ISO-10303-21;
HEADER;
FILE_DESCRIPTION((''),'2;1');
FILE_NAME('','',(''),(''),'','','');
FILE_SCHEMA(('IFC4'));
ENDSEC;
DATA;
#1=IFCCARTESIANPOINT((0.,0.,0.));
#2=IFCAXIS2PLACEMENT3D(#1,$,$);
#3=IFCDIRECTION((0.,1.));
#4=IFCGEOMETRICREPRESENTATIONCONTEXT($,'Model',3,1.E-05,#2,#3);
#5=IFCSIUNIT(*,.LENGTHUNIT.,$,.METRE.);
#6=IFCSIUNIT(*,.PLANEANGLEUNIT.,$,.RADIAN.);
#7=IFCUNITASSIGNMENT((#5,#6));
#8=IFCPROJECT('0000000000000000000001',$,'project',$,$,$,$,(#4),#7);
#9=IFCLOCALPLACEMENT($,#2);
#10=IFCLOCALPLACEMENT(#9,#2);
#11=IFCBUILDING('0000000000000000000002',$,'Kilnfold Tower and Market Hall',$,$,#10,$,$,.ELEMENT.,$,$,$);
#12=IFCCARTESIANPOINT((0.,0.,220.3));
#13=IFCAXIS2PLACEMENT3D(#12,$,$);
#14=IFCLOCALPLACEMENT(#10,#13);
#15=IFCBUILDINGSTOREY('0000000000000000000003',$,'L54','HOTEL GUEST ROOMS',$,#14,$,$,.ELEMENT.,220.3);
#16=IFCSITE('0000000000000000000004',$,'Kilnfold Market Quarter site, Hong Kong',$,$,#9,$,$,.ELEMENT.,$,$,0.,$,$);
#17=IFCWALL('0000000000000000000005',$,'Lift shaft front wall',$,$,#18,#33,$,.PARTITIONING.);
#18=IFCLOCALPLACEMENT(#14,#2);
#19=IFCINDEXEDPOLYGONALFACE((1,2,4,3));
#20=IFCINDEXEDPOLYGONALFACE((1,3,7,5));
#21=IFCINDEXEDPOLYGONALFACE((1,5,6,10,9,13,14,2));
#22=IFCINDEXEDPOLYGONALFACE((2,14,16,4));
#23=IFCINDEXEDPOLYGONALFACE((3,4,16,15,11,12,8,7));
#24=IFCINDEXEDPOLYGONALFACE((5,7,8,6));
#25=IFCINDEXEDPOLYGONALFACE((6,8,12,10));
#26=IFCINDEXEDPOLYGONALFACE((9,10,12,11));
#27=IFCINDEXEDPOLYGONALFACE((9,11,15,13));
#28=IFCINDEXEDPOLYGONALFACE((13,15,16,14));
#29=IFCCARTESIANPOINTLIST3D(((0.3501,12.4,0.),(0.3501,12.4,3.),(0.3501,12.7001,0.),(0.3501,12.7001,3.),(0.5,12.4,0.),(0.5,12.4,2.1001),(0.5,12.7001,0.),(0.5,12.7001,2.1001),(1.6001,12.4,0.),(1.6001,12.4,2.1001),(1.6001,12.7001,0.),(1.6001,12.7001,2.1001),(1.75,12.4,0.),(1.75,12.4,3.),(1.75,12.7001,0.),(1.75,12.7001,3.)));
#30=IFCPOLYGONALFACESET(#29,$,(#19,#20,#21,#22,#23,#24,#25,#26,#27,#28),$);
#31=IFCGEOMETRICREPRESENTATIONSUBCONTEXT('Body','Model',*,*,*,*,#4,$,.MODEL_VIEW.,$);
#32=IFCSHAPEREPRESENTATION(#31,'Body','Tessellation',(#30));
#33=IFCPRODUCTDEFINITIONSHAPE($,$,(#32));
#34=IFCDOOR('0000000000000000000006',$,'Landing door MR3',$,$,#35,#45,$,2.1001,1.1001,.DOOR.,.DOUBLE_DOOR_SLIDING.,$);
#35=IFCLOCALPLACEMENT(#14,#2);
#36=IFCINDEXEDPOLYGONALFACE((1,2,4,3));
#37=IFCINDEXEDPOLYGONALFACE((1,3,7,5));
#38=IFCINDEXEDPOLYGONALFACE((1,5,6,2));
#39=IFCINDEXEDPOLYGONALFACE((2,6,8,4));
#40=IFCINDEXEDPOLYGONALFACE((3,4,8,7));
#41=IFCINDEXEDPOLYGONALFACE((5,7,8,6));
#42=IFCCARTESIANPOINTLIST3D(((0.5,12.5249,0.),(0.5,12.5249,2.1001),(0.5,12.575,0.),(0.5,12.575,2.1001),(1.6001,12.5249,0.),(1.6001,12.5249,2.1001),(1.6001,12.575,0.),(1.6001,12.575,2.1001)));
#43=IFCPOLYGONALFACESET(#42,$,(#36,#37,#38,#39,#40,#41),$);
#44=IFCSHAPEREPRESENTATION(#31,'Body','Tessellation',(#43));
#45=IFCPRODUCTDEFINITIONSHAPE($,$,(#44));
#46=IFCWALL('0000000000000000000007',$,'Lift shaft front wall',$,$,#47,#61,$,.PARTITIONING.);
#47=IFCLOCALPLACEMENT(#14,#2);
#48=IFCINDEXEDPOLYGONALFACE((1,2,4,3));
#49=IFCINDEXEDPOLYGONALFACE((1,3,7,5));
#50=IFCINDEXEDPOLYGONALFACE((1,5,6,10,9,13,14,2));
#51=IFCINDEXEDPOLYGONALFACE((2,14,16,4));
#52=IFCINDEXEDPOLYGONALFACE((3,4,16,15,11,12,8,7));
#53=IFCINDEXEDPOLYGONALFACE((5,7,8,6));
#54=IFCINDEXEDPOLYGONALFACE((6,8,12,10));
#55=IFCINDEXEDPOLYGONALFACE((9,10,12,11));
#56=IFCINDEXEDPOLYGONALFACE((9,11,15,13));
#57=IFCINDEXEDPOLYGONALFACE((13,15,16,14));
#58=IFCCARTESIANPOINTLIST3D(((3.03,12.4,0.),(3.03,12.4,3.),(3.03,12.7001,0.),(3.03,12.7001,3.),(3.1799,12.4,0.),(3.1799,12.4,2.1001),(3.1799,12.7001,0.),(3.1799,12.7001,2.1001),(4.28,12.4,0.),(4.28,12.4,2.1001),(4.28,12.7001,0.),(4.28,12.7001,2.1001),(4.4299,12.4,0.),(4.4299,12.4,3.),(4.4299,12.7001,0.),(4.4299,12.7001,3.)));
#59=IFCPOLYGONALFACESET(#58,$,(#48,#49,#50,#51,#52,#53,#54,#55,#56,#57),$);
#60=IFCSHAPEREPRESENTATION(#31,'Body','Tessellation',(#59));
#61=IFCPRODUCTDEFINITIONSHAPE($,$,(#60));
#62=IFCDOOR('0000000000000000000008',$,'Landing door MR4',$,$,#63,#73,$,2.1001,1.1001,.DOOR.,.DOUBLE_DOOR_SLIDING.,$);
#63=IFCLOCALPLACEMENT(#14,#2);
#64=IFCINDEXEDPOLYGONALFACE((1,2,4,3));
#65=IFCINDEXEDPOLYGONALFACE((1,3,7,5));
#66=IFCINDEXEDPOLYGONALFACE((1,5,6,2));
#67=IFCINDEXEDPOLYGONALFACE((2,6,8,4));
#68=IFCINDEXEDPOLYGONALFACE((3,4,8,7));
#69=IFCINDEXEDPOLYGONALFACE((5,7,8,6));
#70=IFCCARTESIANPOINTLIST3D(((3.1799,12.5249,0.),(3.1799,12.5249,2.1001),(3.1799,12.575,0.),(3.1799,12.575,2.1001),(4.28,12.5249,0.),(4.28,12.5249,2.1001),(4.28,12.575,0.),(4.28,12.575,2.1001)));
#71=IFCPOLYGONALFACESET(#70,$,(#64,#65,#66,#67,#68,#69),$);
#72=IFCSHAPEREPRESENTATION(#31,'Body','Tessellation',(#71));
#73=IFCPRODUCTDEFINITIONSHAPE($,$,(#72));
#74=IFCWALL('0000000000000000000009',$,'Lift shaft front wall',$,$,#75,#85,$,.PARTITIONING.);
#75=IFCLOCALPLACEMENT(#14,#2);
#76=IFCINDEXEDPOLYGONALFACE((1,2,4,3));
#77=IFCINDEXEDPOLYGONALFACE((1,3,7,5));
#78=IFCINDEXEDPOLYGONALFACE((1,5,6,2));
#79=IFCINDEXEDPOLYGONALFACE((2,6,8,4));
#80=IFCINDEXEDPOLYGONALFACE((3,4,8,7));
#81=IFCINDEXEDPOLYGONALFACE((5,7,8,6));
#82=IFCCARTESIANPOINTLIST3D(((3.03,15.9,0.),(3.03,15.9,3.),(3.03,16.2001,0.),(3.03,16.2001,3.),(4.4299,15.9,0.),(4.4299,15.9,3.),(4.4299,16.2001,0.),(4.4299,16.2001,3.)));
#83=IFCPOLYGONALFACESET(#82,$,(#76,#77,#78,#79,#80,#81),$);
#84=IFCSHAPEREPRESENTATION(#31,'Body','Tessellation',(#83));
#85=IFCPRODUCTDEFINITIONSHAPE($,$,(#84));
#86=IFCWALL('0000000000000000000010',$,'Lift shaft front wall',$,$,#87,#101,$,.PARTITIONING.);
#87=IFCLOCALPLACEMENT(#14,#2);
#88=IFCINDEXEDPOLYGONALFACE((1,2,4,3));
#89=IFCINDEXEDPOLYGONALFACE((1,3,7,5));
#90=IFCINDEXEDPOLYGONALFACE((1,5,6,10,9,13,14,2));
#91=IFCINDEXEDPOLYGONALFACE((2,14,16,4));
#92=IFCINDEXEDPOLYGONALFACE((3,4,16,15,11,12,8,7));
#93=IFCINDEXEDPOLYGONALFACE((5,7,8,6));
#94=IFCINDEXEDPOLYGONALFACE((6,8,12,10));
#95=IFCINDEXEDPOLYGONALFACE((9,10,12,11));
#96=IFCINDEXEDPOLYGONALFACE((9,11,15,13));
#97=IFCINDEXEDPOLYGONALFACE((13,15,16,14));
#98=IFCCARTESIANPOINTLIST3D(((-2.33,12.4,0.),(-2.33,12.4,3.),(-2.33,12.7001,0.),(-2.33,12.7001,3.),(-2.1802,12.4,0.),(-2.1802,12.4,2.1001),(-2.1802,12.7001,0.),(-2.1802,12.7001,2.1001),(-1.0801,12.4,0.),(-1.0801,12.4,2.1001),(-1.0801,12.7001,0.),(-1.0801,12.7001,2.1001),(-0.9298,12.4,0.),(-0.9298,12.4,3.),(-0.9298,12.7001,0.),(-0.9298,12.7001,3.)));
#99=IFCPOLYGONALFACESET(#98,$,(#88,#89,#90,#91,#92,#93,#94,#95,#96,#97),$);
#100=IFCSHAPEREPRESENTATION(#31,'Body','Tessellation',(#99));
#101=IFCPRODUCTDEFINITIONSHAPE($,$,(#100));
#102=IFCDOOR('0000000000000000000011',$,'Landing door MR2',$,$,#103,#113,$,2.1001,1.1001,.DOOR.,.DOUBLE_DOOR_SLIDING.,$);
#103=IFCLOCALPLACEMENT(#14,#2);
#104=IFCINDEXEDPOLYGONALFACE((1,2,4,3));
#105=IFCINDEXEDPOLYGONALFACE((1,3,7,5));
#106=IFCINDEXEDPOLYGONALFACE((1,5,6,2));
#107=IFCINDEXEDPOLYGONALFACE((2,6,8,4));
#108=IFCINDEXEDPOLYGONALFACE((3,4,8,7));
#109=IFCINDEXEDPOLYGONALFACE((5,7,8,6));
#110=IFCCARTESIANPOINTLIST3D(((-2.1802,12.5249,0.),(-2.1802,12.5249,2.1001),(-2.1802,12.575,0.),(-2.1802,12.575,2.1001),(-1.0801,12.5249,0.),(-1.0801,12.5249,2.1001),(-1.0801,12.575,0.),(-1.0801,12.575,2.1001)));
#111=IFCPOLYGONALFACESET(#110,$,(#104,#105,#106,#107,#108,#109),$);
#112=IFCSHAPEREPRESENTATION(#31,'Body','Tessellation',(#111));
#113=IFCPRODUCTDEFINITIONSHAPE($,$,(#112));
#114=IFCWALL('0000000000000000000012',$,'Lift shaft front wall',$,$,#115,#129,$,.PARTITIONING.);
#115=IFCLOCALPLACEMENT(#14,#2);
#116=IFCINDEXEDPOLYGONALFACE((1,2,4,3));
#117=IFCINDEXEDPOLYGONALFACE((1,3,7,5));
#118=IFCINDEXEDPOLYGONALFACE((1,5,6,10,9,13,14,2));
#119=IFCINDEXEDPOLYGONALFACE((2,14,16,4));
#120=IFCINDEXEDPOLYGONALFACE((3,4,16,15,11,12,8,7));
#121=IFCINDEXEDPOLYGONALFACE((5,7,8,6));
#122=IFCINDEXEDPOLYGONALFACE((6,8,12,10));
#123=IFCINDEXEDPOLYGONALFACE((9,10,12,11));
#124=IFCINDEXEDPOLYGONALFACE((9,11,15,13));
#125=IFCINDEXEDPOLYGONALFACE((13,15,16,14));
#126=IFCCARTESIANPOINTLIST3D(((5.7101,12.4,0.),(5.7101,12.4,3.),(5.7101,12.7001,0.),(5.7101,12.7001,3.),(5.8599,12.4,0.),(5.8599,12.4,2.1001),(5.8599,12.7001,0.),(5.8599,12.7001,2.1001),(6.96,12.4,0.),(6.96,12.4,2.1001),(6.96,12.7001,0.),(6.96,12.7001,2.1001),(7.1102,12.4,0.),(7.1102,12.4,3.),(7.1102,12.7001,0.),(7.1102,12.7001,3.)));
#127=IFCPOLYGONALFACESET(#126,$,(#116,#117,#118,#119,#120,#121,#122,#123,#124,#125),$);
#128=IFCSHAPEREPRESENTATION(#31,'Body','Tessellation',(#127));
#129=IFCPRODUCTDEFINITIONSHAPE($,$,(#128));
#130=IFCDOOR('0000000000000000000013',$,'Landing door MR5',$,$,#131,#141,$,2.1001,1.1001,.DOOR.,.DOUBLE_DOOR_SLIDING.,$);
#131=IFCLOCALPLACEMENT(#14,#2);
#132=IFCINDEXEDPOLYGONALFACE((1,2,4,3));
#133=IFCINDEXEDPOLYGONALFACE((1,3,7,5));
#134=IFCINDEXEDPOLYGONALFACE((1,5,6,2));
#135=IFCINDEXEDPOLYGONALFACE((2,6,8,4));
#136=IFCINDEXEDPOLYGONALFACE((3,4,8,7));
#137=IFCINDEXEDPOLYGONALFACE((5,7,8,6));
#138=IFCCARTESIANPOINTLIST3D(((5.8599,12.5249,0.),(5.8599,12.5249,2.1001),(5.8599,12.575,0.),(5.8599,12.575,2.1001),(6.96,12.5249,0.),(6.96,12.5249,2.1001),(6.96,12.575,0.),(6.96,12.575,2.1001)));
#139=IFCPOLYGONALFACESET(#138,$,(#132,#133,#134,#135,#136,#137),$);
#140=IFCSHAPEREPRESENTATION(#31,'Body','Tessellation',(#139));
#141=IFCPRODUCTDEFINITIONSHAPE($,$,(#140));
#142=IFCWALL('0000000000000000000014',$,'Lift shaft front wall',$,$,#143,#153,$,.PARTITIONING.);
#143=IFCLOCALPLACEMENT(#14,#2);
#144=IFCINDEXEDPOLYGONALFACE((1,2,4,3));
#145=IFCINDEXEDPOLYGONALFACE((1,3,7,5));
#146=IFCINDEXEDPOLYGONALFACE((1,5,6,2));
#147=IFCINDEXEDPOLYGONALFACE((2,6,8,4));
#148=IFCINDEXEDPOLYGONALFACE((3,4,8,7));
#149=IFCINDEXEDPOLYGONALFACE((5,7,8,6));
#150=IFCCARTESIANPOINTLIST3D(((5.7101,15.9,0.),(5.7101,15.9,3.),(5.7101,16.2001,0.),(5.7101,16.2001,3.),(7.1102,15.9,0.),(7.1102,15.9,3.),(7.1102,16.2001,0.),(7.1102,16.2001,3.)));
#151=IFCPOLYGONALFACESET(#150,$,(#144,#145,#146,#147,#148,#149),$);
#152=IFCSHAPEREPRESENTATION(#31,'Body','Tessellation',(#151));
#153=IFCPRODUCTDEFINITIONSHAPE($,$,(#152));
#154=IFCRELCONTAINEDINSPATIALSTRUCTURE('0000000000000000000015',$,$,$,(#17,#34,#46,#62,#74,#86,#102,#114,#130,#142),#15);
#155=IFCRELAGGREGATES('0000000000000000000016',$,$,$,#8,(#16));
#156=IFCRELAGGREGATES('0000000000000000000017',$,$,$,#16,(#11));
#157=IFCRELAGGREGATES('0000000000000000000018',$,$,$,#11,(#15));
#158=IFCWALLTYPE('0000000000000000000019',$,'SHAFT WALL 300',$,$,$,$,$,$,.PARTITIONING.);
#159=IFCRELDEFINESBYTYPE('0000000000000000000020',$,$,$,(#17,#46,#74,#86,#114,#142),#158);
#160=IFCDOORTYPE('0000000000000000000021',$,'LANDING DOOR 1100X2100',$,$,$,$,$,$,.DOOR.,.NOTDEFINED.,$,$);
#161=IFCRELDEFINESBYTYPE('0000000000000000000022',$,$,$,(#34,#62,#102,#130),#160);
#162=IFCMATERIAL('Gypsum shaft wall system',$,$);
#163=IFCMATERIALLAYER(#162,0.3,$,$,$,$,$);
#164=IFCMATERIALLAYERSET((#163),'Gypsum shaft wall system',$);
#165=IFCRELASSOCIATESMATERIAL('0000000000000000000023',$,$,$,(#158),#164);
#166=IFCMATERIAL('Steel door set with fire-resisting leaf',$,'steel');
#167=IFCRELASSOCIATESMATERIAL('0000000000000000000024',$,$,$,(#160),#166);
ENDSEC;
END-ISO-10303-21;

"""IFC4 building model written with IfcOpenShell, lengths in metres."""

from ifc_helpers import new_model, si_unit, direction, frame, frame_2d, origin, place, context, subcontext, project, spatial, rectangle, extrude, source, transform, mapped, material, layer, layer_set, type_object, element, fill, save


model = new_model("IFC4")

# Units and contexts
model_context = context("Model", 3, precision=1e-05, world=origin(), true_north=direction((0.0, 1.0)))
body_context = subcontext(model_context, "Body", "Model", "MODEL_VIEW")
ifc_project = project(units=[si_unit("LENGTHUNIT", "METRE"), si_unit("PLANEANGLEUNIT", "RADIAN")], contexts=[model_context])

# Site, building, storey
site_placement = place(None, origin())
site = spatial("IfcSite", under=ifc_project, at=site_placement, Name="Kilnfold Market Quarter site, Hong Kong", CompositionType="ELEMENT", RefElevation=0.0)
building_placement = place(site_placement, origin())
building = spatial("IfcBuilding", under=site, at=building_placement, Name="Kilnfold Tower and Market Hall", CompositionType="ELEMENT")
storey_placement = place(building_placement, frame((0.0, 0.0, 220.3)))
storey = spatial("IfcBuildingStorey", under=building, at=storey_placement, Name="L54", Description="HOTEL GUEST ROOMS", CompositionType="ELEMENT", Elevation=220.3)

# Walls, openings, doors
ifc_material_1 = material(Name="Gypsum shaft wall system")
ifc_layer_1 = layer(ifc_material_1, 0.3)
ifc_layer_set_1 = layer_set([ifc_layer_1], Name="Gypsum shaft wall system")
wall_type_1 = type_object("IfcWallType", Name="SHAFT WALL 300", PredefinedType="PARTITIONING", material=ifc_layer_set_1)
shared_shape_1 = source(origin(), body_context, "Body", "SweptSolid", [
    extrude(rectangle(XDim=1.3999, YDim=0.3, at=frame_2d((0.7, 0.0))), origin(), (0.0, 0.0, 1.0), 3.0),
])
wall_1_placement = place(storey_placement, frame((0.3501, 12.55, 0.0), z_axis=(0.0, 0.0, 1.0), x_axis=(1.0, 0.0, 0.0)))
wall_1 = element("IfcWall", 1, at=wall_1_placement, inside=storey, type_object=wall_type_1, Name="Lift shaft front wall", PredefinedType="PARTITIONING", context=body_context, shape_type="MappedRepresentation", body=[
    mapped(shared_shape_1, transform((0.0, 0.0, 0.0))),
])
opening_1_placement = place(wall_1_placement, frame((0.1499, 0.0, 0.0)))
opening_1 = element("IfcOpeningElement", 2, at=opening_1_placement, cuts=wall_1, PredefinedType="OPENING", context=body_context, shape_type="SweptSolid", body=[
    extrude(rectangle(XDim=1.1001, YDim=2.1001, at=frame_2d((0.55, 1.05))), frame((0.0, 0.1602, 0.0), z_axis=(0.0, -1.0, 0.0), x_axis=(1.0, 0.0, 0.0)), (0.0, 0.0, 1.0), 0.3201),
])
ifc_material_2 = material(Name="Steel door set with fire-resisting leaf", Category="steel")
door_type_1 = type_object("IfcDoorType", Name="LANDING DOOR 1100X2100", OperationType="NOTDEFINED", PredefinedType="DOOR", material=ifc_material_2)
door_1_placement = place(opening_1_placement, origin())
door_1 = element("IfcDoor", 3, at=door_1_placement, inside=storey, type_object=door_type_1, Name="Landing door MR3", OperationType="DOUBLE_DOOR_SLIDING", OverallHeight=2.1001, OverallWidth=1.1001, PredefinedType="DOOR", context=body_context, shape_type="SweptSolid", body=[
    extrude(rectangle(XDim=1.1001, YDim=2.1001, at=frame_2d((0.55, 1.05))), frame((0.0, 0.0249, 0.0), z_axis=(0.0, -1.0, 0.0), x_axis=(1.0, 0.0, 0.0)), (0.0, 0.0, 1.0), 0.05),
])
fill(opening_1, door_1)
wall_2_placement = place(storey_placement, frame((3.03, 12.55, 0.0), z_axis=(0.0, 0.0, 1.0), x_axis=(1.0, 0.0, 0.0)))
wall_2 = element("IfcWall", 4, at=wall_2_placement, inside=storey, type_object=wall_type_1, Name="Lift shaft front wall", PredefinedType="PARTITIONING", context=body_context, shape_type="MappedRepresentation", body=[
    mapped(shared_shape_1, transform((0.0, 0.0, 0.0))),
])
opening_2_placement = place(wall_2_placement, frame((0.1499, 0.0, 0.0)))
opening_2 = element("IfcOpeningElement", 5, at=opening_2_placement, cuts=wall_2, PredefinedType="OPENING", context=body_context, shape_type="SweptSolid", body=[
    extrude(rectangle(XDim=1.1001, YDim=2.1001, at=frame_2d((0.55, 1.05))), frame((0.0, 0.1602, 0.0), z_axis=(0.0, -1.0, 0.0), x_axis=(1.0, 0.0, 0.0)), (0.0, 0.0, 1.0), 0.3201),
])
door_2_placement = place(opening_2_placement, origin())
door_2 = element("IfcDoor", 6, at=door_2_placement, inside=storey, type_object=door_type_1, Name="Landing door MR4", OperationType="DOUBLE_DOOR_SLIDING", OverallHeight=2.1001, OverallWidth=1.1001, PredefinedType="DOOR", context=body_context, shape_type="SweptSolid", body=[
    extrude(rectangle(XDim=1.1001, YDim=2.1001, at=frame_2d((0.55, 1.05))), frame((0.0, 0.0249, 0.0), z_axis=(0.0, -1.0, 0.0), x_axis=(1.0, 0.0, 0.0)), (0.0, 0.0, 1.0), 0.05),
])
fill(opening_2, door_2)

# Wall
wall_3_placement = place(storey_placement, frame((3.03, 16.05, 0.0), z_axis=(0.0, 0.0, 1.0), x_axis=(1.0, 0.0, 0.0)))
element("IfcWall", 7, at=wall_3_placement, inside=storey, type_object=wall_type_1, Name="Lift shaft front wall", PredefinedType="PARTITIONING", context=body_context, shape_type="MappedRepresentation", body=[
    mapped(shared_shape_1, transform((0.0, 0.0, 0.0))),
])

# Walls, openings, doors
shared_shape_2 = source(origin(), body_context, "Body", "SweptSolid", [
    extrude(rectangle(XDim=1.4001, YDim=0.3, at=frame_2d((0.7002, 0.0))), origin(), (0.0, 0.0, 1.0), 3.0),
])
wall_4_placement = place(storey_placement, frame((-2.3301, 12.55, 0.0), z_axis=(0.0, 0.0, 1.0), x_axis=(1.0, 0.0, 0.0)))
wall_4 = element("IfcWall", 8, at=wall_4_placement, inside=storey, type_object=wall_type_1, Name="Lift shaft front wall", PredefinedType="PARTITIONING", context=body_context, shape_type="MappedRepresentation", body=[
    mapped(shared_shape_2, transform((0.0, 0.0, 0.0))),
])
opening_3_placement = place(wall_4_placement, frame((0.1499, 0.0, 0.0)))
opening_3 = element("IfcOpeningElement", 9, at=opening_3_placement, cuts=wall_4, PredefinedType="OPENING", context=body_context, shape_type="SweptSolid", body=[
    extrude(rectangle(XDim=1.1001, YDim=2.1001, at=frame_2d((0.55, 1.05))), frame((0.0, 0.1602, 0.0), z_axis=(0.0, -1.0, 0.0), x_axis=(1.0, 0.0, 0.0)), (0.0, 0.0, 1.0), 0.3201),
])
door_3_placement = place(opening_3_placement, origin())
door_3 = element("IfcDoor", 10, at=door_3_placement, inside=storey, type_object=door_type_1, Name="Landing door MR2", OperationType="DOUBLE_DOOR_SLIDING", OverallHeight=2.1001, OverallWidth=1.1001, PredefinedType="DOOR", context=body_context, shape_type="SweptSolid", body=[
    extrude(rectangle(XDim=1.1001, YDim=2.1001, at=frame_2d((0.55, 1.05))), frame((0.0, 0.0249, 0.0), z_axis=(0.0, -1.0, 0.0), x_axis=(1.0, 0.0, 0.0)), (0.0, 0.0, 1.0), 0.05),
])
fill(opening_3, door_3)
wall_5_placement = place(storey_placement, frame((5.71, 12.55, 0.0), z_axis=(0.0, 0.0, 1.0), x_axis=(1.0, 0.0, 0.0)))
wall_5 = element("IfcWall", 11, at=wall_5_placement, inside=storey, type_object=wall_type_1, Name="Lift shaft front wall", PredefinedType="PARTITIONING", context=body_context, shape_type="MappedRepresentation", body=[
    mapped(shared_shape_2, transform((0.0, 0.0, 0.0))),
])
opening_4_placement = place(wall_5_placement, frame((0.1499, 0.0, 0.0)))
opening_4 = element("IfcOpeningElement", 12, at=opening_4_placement, cuts=wall_5, PredefinedType="OPENING", context=body_context, shape_type="SweptSolid", body=[
    extrude(rectangle(XDim=1.1001, YDim=2.1001, at=frame_2d((0.55, 1.05))), frame((0.0, 0.1602, 0.0), z_axis=(0.0, -1.0, 0.0), x_axis=(1.0, 0.0, 0.0)), (0.0, 0.0, 1.0), 0.3201),
])
door_4_placement = place(opening_4_placement, origin())
door_4 = element("IfcDoor", 13, at=door_4_placement, inside=storey, type_object=door_type_1, Name="Landing door MR5", OperationType="DOUBLE_DOOR_SLIDING", OverallHeight=2.1001, OverallWidth=1.1001, PredefinedType="DOOR", context=body_context, shape_type="SweptSolid", body=[
    extrude(rectangle(XDim=1.1001, YDim=2.1001, at=frame_2d((0.55, 1.05))), frame((0.0, 0.0249, 0.0), z_axis=(0.0, -1.0, 0.0), x_axis=(1.0, 0.0, 0.0)), (0.0, 0.0, 1.0), 0.05),
])
fill(opening_4, door_4)

# Wall
wall_6_placement = place(storey_placement, frame((5.71, 16.05, 0.0), z_axis=(0.0, 0.0, 1.0), x_axis=(1.0, 0.0, 0.0)))
element("IfcWall", 14, at=wall_6_placement, inside=storey, type_object=wall_type_1, Name="Lift shaft front wall", PredefinedType="PARTITIONING", context=body_context, shape_type="MappedRepresentation", body=[
    mapped(shared_shape_2, transform((0.0, 0.0, 0.0))),
])

save(model, "model.ifc")
